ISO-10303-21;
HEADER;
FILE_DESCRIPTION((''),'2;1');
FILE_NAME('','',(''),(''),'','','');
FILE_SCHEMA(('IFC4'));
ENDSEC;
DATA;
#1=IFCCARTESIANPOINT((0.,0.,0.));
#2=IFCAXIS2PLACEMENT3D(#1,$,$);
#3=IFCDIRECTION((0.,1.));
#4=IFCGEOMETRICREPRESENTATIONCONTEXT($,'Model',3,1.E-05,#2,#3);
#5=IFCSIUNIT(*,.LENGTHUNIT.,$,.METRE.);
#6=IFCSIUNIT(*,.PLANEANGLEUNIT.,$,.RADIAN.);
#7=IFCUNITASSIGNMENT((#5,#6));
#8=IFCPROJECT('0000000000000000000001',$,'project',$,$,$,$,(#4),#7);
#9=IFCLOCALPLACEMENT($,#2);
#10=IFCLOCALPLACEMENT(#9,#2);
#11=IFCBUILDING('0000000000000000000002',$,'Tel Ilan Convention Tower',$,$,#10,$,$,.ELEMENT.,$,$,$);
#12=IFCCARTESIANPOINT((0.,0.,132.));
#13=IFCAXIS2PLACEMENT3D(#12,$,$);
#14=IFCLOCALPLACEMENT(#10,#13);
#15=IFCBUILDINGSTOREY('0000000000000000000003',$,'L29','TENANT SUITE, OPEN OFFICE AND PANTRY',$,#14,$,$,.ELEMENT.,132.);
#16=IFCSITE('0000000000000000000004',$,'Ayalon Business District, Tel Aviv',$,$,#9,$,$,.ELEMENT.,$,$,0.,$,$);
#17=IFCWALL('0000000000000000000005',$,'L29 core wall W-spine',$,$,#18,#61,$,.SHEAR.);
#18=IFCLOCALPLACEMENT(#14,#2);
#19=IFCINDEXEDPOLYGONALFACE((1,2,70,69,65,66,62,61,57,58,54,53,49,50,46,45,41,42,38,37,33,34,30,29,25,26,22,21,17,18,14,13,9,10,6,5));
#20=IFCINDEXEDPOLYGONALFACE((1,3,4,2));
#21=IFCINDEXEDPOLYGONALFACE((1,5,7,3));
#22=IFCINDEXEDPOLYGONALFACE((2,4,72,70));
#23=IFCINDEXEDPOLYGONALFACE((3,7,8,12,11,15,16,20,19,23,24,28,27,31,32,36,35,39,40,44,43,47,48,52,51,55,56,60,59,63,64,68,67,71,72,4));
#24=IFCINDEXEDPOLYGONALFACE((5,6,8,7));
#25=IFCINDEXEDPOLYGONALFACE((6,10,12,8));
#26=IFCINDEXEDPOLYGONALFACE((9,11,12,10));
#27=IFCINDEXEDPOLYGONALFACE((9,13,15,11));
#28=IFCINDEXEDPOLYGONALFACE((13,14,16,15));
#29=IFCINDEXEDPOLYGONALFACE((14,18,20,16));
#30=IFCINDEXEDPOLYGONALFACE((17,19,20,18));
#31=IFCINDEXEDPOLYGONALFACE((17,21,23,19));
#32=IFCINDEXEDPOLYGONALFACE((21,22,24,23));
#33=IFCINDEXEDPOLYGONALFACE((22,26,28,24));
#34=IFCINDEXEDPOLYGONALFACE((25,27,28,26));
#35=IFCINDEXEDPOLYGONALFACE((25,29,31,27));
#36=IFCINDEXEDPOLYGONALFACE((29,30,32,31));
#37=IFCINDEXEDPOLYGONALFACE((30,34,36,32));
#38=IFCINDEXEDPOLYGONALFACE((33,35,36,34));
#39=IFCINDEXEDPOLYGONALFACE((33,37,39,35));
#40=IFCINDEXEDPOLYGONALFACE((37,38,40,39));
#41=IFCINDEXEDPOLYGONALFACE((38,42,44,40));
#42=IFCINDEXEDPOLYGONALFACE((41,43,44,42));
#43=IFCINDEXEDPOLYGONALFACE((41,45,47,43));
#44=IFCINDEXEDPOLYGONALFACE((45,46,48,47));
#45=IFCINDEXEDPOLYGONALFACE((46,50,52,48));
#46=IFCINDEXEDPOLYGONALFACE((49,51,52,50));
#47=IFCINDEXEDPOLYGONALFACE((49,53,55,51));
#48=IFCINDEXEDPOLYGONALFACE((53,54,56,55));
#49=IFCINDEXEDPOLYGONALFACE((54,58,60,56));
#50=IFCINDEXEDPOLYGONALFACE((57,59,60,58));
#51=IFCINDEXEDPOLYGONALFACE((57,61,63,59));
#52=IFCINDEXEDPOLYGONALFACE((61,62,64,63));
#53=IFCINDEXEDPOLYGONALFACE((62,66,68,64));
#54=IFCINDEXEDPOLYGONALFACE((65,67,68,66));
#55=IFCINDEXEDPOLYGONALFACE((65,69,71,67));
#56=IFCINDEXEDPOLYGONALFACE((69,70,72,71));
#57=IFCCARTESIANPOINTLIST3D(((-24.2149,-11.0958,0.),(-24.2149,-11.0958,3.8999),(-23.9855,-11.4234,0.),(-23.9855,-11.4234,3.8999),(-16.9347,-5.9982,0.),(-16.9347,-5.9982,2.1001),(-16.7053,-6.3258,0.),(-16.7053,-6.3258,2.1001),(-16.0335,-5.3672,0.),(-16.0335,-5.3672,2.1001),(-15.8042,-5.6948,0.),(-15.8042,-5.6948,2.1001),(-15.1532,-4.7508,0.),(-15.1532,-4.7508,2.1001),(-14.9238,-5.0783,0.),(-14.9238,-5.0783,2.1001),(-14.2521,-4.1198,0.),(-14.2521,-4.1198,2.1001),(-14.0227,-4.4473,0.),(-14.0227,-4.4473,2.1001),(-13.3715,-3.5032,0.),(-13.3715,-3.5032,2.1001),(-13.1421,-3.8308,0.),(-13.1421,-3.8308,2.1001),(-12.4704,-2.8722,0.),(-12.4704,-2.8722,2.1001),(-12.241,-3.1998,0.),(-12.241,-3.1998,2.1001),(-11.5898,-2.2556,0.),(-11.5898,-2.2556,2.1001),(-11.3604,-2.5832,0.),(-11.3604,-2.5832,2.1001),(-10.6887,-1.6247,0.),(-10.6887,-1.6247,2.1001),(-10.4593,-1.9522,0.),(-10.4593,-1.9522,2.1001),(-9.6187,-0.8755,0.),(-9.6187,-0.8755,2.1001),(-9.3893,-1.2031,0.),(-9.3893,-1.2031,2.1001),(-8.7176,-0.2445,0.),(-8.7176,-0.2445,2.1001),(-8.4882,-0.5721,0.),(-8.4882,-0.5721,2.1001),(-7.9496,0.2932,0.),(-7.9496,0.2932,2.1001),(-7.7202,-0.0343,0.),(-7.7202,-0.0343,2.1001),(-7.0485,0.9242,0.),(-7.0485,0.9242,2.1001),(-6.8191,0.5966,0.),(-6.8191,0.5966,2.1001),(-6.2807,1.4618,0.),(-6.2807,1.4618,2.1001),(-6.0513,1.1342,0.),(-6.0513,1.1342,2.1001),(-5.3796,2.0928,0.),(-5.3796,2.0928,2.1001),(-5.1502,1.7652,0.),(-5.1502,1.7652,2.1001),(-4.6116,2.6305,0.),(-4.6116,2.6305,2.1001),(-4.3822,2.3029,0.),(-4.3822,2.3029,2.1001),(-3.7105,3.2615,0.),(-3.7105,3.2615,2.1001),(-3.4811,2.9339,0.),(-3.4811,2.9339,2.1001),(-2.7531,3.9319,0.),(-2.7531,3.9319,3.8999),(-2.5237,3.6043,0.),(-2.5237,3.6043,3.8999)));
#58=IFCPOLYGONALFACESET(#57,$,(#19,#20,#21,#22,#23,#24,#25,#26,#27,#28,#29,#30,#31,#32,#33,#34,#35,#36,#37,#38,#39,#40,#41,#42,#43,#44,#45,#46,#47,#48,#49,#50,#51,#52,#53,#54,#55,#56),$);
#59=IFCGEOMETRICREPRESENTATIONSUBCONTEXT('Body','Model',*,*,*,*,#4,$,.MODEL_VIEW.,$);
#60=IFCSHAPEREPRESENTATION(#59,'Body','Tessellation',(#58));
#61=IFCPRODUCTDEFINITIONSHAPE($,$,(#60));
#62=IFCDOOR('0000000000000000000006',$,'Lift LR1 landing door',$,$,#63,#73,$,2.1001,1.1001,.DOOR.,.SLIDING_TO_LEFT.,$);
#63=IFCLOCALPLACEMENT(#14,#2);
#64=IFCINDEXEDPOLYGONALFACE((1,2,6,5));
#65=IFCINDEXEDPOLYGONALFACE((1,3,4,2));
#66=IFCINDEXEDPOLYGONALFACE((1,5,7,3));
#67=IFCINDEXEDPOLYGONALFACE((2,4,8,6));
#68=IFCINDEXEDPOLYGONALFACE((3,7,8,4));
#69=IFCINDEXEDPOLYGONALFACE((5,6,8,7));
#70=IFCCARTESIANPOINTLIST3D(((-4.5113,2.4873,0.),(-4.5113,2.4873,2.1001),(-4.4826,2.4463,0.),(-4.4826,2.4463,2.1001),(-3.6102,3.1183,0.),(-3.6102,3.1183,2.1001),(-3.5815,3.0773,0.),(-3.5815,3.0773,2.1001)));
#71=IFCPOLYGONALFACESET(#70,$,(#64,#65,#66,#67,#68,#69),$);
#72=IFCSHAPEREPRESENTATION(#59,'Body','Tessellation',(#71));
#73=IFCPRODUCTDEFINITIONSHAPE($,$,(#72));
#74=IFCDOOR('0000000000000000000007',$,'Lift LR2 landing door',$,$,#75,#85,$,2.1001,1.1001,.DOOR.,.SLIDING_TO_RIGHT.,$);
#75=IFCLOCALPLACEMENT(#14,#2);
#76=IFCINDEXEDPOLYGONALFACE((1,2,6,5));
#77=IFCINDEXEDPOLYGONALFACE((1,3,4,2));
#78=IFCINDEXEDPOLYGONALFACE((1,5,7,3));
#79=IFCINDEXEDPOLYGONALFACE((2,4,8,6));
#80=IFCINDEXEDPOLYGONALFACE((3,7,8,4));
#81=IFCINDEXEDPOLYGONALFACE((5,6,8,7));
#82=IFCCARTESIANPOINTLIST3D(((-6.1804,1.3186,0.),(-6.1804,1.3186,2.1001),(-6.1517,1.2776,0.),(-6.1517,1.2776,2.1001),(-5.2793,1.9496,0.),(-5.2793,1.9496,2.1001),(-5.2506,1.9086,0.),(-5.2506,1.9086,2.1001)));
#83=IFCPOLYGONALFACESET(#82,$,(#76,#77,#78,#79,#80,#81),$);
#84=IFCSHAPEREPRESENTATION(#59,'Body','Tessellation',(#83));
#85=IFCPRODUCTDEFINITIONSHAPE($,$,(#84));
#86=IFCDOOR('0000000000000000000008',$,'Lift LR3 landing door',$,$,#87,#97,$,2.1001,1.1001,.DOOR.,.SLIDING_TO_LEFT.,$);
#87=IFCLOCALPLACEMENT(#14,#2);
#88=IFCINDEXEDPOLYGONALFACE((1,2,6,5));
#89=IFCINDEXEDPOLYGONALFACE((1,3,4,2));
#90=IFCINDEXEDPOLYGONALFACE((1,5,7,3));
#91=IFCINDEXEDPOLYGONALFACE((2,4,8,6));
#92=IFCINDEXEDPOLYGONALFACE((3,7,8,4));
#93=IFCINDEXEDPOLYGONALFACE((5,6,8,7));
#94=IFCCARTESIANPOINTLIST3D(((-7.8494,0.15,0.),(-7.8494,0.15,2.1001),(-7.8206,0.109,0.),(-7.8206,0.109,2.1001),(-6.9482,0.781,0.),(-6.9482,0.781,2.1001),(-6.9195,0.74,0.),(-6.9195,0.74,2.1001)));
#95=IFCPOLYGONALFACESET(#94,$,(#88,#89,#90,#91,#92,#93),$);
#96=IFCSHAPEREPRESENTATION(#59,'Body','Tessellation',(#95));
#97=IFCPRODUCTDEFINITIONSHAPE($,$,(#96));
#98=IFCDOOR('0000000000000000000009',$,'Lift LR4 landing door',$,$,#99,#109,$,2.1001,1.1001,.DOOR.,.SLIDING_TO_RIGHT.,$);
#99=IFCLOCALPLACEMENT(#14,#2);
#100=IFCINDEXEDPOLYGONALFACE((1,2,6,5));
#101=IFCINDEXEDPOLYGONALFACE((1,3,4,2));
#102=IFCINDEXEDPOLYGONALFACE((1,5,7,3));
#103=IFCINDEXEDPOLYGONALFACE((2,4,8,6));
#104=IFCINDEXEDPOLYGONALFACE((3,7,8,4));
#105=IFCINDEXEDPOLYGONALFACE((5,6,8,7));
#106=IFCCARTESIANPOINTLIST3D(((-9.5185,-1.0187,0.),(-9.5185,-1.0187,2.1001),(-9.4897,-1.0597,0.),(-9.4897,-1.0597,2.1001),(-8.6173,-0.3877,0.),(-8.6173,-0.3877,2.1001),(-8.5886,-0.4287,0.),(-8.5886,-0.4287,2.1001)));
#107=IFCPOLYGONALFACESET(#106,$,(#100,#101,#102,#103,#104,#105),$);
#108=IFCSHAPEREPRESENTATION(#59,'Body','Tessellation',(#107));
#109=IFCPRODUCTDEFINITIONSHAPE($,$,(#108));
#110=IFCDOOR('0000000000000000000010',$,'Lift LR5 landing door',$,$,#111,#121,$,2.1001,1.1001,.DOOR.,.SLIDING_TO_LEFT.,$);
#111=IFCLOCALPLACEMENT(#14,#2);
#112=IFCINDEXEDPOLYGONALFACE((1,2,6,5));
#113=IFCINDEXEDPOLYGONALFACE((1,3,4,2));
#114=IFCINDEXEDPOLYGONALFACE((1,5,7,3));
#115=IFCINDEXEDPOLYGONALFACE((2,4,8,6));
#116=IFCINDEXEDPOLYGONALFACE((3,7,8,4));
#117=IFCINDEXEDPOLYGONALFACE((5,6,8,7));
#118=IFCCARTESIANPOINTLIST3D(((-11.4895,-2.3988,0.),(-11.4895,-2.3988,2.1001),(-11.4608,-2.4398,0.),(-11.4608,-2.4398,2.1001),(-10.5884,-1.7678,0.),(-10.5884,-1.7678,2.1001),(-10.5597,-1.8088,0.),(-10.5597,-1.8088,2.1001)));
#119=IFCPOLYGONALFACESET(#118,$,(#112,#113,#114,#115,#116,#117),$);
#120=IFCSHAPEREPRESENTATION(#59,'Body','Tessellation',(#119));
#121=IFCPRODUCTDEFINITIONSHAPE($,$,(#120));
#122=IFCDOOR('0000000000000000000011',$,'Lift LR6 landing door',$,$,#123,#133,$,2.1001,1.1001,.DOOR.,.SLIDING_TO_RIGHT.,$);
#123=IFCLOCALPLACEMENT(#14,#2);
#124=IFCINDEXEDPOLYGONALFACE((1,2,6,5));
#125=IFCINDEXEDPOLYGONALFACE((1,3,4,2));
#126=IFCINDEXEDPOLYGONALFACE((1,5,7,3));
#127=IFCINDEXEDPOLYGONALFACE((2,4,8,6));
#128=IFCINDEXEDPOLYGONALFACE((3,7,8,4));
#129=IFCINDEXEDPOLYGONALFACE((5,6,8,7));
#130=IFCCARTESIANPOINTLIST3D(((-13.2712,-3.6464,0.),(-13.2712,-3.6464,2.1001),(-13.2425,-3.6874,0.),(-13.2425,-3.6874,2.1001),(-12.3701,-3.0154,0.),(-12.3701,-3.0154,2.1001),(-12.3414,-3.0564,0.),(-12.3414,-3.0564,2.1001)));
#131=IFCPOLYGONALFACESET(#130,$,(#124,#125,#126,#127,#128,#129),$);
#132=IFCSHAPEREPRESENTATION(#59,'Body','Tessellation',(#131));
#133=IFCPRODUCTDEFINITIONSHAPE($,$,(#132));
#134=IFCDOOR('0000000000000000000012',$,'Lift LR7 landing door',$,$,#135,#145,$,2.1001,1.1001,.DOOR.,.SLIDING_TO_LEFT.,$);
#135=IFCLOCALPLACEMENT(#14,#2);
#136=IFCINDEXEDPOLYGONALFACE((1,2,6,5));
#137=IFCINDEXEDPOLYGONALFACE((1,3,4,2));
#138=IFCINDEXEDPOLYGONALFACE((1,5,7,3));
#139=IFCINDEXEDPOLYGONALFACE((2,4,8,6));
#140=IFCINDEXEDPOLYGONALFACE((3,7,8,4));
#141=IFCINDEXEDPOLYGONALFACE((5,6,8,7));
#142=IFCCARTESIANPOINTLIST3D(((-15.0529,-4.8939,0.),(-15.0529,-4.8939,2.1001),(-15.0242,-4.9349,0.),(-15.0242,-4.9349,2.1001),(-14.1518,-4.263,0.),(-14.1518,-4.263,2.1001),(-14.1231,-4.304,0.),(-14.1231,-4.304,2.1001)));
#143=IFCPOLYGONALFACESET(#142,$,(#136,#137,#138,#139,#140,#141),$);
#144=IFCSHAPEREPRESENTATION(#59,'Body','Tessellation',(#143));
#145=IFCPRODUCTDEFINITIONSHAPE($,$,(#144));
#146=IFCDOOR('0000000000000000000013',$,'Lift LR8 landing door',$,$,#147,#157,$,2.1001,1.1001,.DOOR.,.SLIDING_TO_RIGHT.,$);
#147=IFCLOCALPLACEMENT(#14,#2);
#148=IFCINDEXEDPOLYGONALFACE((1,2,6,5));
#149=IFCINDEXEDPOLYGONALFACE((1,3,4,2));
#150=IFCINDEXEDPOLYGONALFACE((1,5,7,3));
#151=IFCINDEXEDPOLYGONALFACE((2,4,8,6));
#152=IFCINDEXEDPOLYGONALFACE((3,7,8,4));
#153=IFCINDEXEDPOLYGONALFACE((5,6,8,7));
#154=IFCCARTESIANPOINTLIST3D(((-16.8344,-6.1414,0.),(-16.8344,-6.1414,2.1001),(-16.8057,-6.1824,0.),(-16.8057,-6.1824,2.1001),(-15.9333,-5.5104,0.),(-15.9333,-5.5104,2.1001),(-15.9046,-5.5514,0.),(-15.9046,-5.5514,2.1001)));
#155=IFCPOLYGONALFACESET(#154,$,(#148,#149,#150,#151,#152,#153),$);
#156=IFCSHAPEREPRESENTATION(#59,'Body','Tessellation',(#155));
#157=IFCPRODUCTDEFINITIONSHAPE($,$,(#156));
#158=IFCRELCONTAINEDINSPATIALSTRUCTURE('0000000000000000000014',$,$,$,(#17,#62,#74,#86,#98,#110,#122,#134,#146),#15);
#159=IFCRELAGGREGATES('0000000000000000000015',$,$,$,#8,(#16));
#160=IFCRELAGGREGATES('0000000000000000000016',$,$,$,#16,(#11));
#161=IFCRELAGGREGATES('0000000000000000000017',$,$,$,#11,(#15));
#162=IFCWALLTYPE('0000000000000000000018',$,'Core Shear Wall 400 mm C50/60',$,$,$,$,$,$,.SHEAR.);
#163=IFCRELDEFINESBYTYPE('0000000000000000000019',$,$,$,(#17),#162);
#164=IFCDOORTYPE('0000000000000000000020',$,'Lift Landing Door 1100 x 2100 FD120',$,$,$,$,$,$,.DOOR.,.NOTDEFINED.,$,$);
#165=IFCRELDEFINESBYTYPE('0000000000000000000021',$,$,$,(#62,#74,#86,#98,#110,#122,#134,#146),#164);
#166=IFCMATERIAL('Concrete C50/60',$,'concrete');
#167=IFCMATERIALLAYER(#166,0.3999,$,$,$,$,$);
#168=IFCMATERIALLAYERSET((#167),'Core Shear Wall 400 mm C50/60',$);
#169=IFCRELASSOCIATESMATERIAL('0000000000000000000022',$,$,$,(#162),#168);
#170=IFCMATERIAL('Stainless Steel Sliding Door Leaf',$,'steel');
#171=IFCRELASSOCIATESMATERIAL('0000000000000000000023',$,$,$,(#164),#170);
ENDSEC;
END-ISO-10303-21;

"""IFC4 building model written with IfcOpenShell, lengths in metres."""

from ifc_helpers import new_model, si_unit, direction, frame, frame_2d, origin, place, context, subcontext, project, spatial, polyline, rectangle, outline, extrude, material, layer, layer_set, type_object, element, fill, save


model = new_model("IFC4")

# Units and contexts
model_context = context("Model", 3, precision=1e-05, world=origin(), true_north=direction((0.0, 1.0)))
body_context = subcontext(model_context, "Body", "Model", "MODEL_VIEW")
ifc_project = project(units=[si_unit("LENGTHUNIT", "METRE"), si_unit("PLANEANGLEUNIT", "RADIAN")], contexts=[model_context])

# Site, building, storey
site_placement = place(None, origin())
site = spatial("IfcSite", under=ifc_project, at=site_placement, Name="Ayalon Business District, Tel Aviv", CompositionType="ELEMENT", RefElevation=0.0)
building_placement = place(site_placement, origin())
building = spatial("IfcBuilding", under=site, at=building_placement, Name="Tel Ilan Convention Tower", CompositionType="ELEMENT")
storey_placement = place(building_placement, frame((0.0, 0.0, 132.0)))
storey = spatial("IfcBuildingStorey", under=building, at=storey_placement, Name="L29", Description="TENANT SUITE, OPEN OFFICE AND PANTRY", CompositionType="ELEMENT", Elevation=132.0)

# Wall, openings, doors
ifc_material_1 = material(Name="Concrete C50/60", Category="concrete")
ifc_layer_1 = layer(ifc_material_1, 0.3999)
ifc_layer_set_1 = layer_set([ifc_layer_1], Name="Core Shear Wall 400 mm C50/60")
wall_type_1 = type_object("IfcWallType", Name="Core Shear Wall 400 mm C50/60", PredefinedType="SHEAR", material=ifc_layer_set_1)
wall_1_placement = place(storey_placement, frame((-2.6384, 3.7681, 0.0), z_axis=(0.0, 0.0, 1.0), x_axis=(-0.819153, -0.573576, 0.0)))
wall_1 = element("IfcWall", 1, at=wall_1_placement, inside=storey, type_object=wall_type_1, Name="L29 core wall W-spine", PredefinedType="SHEAR", context=body_context, shape_type="SweptSolid", body=[
    extrude(outline(polyline([(26.2, 0.2), (0.0, 0.2), (0.0, -0.2), (26.2, -0.2), (26.2, 0.2)])), origin(), (0.0, 0.0, 1.0), 3.8999),
])
opening_1_placement = place(wall_1_placement, frame((1.1687, 0.0, 0.0)))
opening_1 = element("IfcOpeningElement", 2, at=opening_1_placement, cuts=wall_1, PredefinedType="OPENING", context=body_context, shape_type="SweptSolid", body=[
    extrude(rectangle(XDim=1.1001, YDim=2.1001, at=frame_2d((0.55, 1.05))), frame((0.0, 0.21, 0.0), z_axis=(0.0, -1.0, 0.0), x_axis=(1.0, 0.0, 0.0)), (0.0, 0.0, 1.0), 0.4199),
])
opening_2_placement = place(wall_1_placement, frame((3.2063, 0.0, 0.0)))
opening_2 = element("IfcOpeningElement", 3, at=opening_2_placement, cuts=wall_1, PredefinedType="OPENING", context=body_context, shape_type="SweptSolid", body=[
    extrude(rectangle(XDim=1.1001, YDim=2.1001, at=frame_2d((0.55, 1.05))), frame((0.0, 0.21, 0.0), z_axis=(0.0, -1.0, 0.0), x_axis=(1.0, 0.0, 0.0)), (0.0, 0.0, 1.0), 0.4199),
])
opening_3_placement = place(wall_1_placement, frame((5.2437, 0.0, 0.0)))
opening_3 = element("IfcOpeningElement", 4, at=opening_3_placement, cuts=wall_1, PredefinedType="OPENING", context=body_context, shape_type="SweptSolid", body=[
    extrude(rectangle(XDim=1.1001, YDim=2.1001, at=frame_2d((0.55, 1.05))), frame((0.0, 0.21, 0.0), z_axis=(0.0, -1.0, 0.0), x_axis=(1.0, 0.0, 0.0)), (0.0, 0.0, 1.0), 0.4199),
])
opening_4_placement = place(wall_1_placement, frame((7.2812, 0.0, 0.0)))
opening_4 = element("IfcOpeningElement", 5, at=opening_4_placement, cuts=wall_1, PredefinedType="OPENING", context=body_context, shape_type="SweptSolid", body=[
    extrude(rectangle(XDim=1.1001, YDim=2.1001, at=frame_2d((0.55, 1.05))), frame((0.0, 0.21, 0.0), z_axis=(0.0, -1.0, 0.0), x_axis=(1.0, 0.0, 0.0)), (0.0, 0.0, 1.0), 0.4199),
])
opening_5_placement = place(wall_1_placement, frame((9.6875, 0.0, 0.0)))
opening_5 = element("IfcOpeningElement", 6, at=opening_5_placement, cuts=wall_1, PredefinedType="OPENING", context=body_context, shape_type="SweptSolid", body=[
    extrude(rectangle(XDim=1.1001, YDim=2.1001, at=frame_2d((0.55, 1.05))), frame((0.0, 0.21, 0.0), z_axis=(0.0, -1.0, 0.0), x_axis=(1.0, 0.0, 0.0)), (0.0, 0.0, 1.0), 0.4199),
])
opening_6_placement = place(wall_1_placement, frame((11.8625, 0.0, 0.0)))
opening_6 = element("IfcOpeningElement", 7, at=opening_6_placement, cuts=wall_1, PredefinedType="OPENING", context=body_context, shape_type="SweptSolid", body=[
    extrude(rectangle(XDim=1.1001, YDim=2.1001, at=frame_2d((0.55, 1.05))), frame((0.0, 0.21, 0.0), z_axis=(0.0, -1.0, 0.0), x_axis=(1.0, 0.0, 0.0)), (0.0, 0.0, 1.0), 0.4199),
])
opening_7_placement = place(wall_1_placement, frame((14.0376, 0.0, 0.0)))
opening_7 = element("IfcOpeningElement", 8, at=opening_7_placement, cuts=wall_1, PredefinedType="OPENING", context=body_context, shape_type="SweptSolid", body=[
    extrude(rectangle(XDim=1.1001, YDim=2.1001, at=frame_2d((0.55, 1.05))), frame((0.0, 0.21, 0.0), z_axis=(0.0, -1.0, 0.0), x_axis=(1.0, 0.0, 0.0)), (0.0, 0.0, 1.0), 0.4199),
])
opening_8_placement = place(wall_1_placement, frame((16.2124, 0.0, 0.0)))
opening_8 = element("IfcOpeningElement", 9, at=opening_8_placement, cuts=wall_1, PredefinedType="OPENING", context=body_context, shape_type="SweptSolid", body=[
    extrude(rectangle(XDim=1.1001, YDim=2.1001, at=frame_2d((0.55, 1.05))), frame((0.0, 0.21, 0.0), z_axis=(0.0, -1.0, 0.0), x_axis=(1.0, 0.0, 0.0)), (0.0, 0.0, 1.0), 0.4199),
])
ifc_material_2 = material(Name="Stainless Steel Sliding Door Leaf", Category="steel")
door_type = type_object("IfcDoorType", Name="Lift Landing Door 1100 x 2100 FD120", OperationType="NOTDEFINED", PredefinedType="DOOR", material=ifc_material_2)
door_1_placement = place(opening_1_placement, origin())
door_1 = element("IfcDoor", 10, at=door_1_placement, inside=storey, type_object=door_type, Name="Lift LR1 landing door", OperationType="SLIDING_TO_LEFT", OverallHeight=2.1001, OverallWidth=1.1001, PredefinedType="DOOR", context=body_context, shape_type="SweptSolid", body=[
    extrude(rectangle(XDim=1.1001, YDim=2.1001, at=frame_2d((0.55, 1.05))), frame((0.0, 0.0249, 0.0), z_axis=(0.0, -1.0, 0.0), x_axis=(1.0, 0.0, 0.0)), (0.0, 0.0, 1.0), 0.05),
])
fill(opening_1, door_1)
door_2_placement = place(opening_2_placement, origin())
door_2 = element("IfcDoor", 11, at=door_2_placement, inside=storey, type_object=door_type, Name="Lift LR2 landing door", OperationType="SLIDING_TO_RIGHT", OverallHeight=2.1001, OverallWidth=1.1001, PredefinedType="DOOR", context=body_context, shape_type="SweptSolid", body=[
    extrude(rectangle(XDim=1.1001, YDim=2.1001, at=frame_2d((0.55, 1.05))), frame((0.0, 0.0249, 0.0), z_axis=(0.0, -1.0, 0.0), x_axis=(1.0, 0.0, 0.0)), (0.0, 0.0, 1.0), 0.05),
])
fill(opening_2, door_2)
door_3_placement = place(opening_3_placement, origin())
door_3 = element("IfcDoor", 12, at=door_3_placement, inside=storey, type_object=door_type, Name="Lift LR3 landing door", OperationType="SLIDING_TO_LEFT", OverallHeight=2.1001, OverallWidth=1.1001, PredefinedType="DOOR", context=body_context, shape_type="SweptSolid", body=[
    extrude(rectangle(XDim=1.1001, YDim=2.1001, at=frame_2d((0.55, 1.05))), frame((0.0, 0.0249, 0.0), z_axis=(0.0, -1.0, 0.0), x_axis=(1.0, 0.0, 0.0)), (0.0, 0.0, 1.0), 0.05),
])
fill(opening_3, door_3)
door_4_placement = place(opening_4_placement, origin())
door_4 = element("IfcDoor", 13, at=door_4_placement, inside=storey, type_object=door_type, Name="Lift LR4 landing door", OperationType="SLIDING_TO_RIGHT", OverallHeight=2.1001, OverallWidth=1.1001, PredefinedType="DOOR", context=body_context, shape_type="SweptSolid", body=[
    extrude(rectangle(XDim=1.1001, YDim=2.1001, at=frame_2d((0.55, 1.05))), frame((0.0, 0.0249, 0.0), z_axis=(0.0, -1.0, 0.0), x_axis=(1.0, 0.0, 0.0)), (0.0, 0.0, 1.0), 0.05),
])
fill(opening_4, door_4)
door_5_placement = place(opening_5_placement, origin())
door_5 = element("IfcDoor", 14, at=door_5_placement, inside=storey, type_object=door_type, Name="Lift LR5 landing door", OperationType="SLIDING_TO_LEFT", OverallHeight=2.1001, OverallWidth=1.1001, PredefinedType="DOOR", context=body_context, shape_type="SweptSolid", body=[
    extrude(rectangle(XDim=1.1001, YDim=2.1001, at=frame_2d((0.55, 1.05))), frame((0.0, 0.0249, 0.0), z_axis=(0.0, -1.0, 0.0), x_axis=(1.0, 0.0, 0.0)), (0.0, 0.0, 1.0), 0.05),
])
fill(opening_5, door_5)
door_6_placement = place(opening_6_placement, origin())
door_6 = element("IfcDoor", 15, at=door_6_placement, inside=storey, type_object=door_type, Name="Lift LR6 landing door", OperationType="SLIDING_TO_RIGHT", OverallHeight=2.1001, OverallWidth=1.1001, PredefinedType="DOOR", context=body_context, shape_type="SweptSolid", body=[
    extrude(rectangle(XDim=1.1001, YDim=2.1001, at=frame_2d((0.55, 1.05))), frame((0.0, 0.0249, 0.0), z_axis=(0.0, -1.0, 0.0), x_axis=(1.0, 0.0, 0.0)), (0.0, 0.0, 1.0), 0.05),
])
fill(opening_6, door_6)
door_7_placement = place(opening_7_placement, origin())
door_7 = element("IfcDoor", 16, at=door_7_placement, inside=storey, type_object=door_type, Name="Lift LR7 landing door", OperationType="SLIDING_TO_LEFT", OverallHeight=2.1001, OverallWidth=1.1001, PredefinedType="DOOR", context=body_context, shape_type="SweptSolid", body=[
    extrude(rectangle(XDim=1.1001, YDim=2.1001, at=frame_2d((0.55, 1.05))), frame((0.0, 0.0249, 0.0), z_axis=(0.0, -1.0, 0.0), x_axis=(1.0, 0.0, 0.0)), (0.0, 0.0, 1.0), 0.05),
])
fill(opening_7, door_7)
door_8_placement = place(opening_8_placement, origin())
door_8 = element("IfcDoor", 17, at=door_8_placement, inside=storey, type_object=door_type, Name="Lift LR8 landing door", OperationType="SLIDING_TO_RIGHT", OverallHeight=2.1001, OverallWidth=1.1001, PredefinedType="DOOR", context=body_context, shape_type="SweptSolid", body=[
    extrude(rectangle(XDim=1.1001, YDim=2.1001, at=frame_2d((0.55, 1.05))), frame((0.0, 0.0249, 0.0), z_axis=(0.0, -1.0, 0.0), x_axis=(1.0, 0.0, 0.0)), (0.0, 0.0, 1.0), 0.05),
])
fill(opening_8, door_8)

save(model, "model.ifc")
